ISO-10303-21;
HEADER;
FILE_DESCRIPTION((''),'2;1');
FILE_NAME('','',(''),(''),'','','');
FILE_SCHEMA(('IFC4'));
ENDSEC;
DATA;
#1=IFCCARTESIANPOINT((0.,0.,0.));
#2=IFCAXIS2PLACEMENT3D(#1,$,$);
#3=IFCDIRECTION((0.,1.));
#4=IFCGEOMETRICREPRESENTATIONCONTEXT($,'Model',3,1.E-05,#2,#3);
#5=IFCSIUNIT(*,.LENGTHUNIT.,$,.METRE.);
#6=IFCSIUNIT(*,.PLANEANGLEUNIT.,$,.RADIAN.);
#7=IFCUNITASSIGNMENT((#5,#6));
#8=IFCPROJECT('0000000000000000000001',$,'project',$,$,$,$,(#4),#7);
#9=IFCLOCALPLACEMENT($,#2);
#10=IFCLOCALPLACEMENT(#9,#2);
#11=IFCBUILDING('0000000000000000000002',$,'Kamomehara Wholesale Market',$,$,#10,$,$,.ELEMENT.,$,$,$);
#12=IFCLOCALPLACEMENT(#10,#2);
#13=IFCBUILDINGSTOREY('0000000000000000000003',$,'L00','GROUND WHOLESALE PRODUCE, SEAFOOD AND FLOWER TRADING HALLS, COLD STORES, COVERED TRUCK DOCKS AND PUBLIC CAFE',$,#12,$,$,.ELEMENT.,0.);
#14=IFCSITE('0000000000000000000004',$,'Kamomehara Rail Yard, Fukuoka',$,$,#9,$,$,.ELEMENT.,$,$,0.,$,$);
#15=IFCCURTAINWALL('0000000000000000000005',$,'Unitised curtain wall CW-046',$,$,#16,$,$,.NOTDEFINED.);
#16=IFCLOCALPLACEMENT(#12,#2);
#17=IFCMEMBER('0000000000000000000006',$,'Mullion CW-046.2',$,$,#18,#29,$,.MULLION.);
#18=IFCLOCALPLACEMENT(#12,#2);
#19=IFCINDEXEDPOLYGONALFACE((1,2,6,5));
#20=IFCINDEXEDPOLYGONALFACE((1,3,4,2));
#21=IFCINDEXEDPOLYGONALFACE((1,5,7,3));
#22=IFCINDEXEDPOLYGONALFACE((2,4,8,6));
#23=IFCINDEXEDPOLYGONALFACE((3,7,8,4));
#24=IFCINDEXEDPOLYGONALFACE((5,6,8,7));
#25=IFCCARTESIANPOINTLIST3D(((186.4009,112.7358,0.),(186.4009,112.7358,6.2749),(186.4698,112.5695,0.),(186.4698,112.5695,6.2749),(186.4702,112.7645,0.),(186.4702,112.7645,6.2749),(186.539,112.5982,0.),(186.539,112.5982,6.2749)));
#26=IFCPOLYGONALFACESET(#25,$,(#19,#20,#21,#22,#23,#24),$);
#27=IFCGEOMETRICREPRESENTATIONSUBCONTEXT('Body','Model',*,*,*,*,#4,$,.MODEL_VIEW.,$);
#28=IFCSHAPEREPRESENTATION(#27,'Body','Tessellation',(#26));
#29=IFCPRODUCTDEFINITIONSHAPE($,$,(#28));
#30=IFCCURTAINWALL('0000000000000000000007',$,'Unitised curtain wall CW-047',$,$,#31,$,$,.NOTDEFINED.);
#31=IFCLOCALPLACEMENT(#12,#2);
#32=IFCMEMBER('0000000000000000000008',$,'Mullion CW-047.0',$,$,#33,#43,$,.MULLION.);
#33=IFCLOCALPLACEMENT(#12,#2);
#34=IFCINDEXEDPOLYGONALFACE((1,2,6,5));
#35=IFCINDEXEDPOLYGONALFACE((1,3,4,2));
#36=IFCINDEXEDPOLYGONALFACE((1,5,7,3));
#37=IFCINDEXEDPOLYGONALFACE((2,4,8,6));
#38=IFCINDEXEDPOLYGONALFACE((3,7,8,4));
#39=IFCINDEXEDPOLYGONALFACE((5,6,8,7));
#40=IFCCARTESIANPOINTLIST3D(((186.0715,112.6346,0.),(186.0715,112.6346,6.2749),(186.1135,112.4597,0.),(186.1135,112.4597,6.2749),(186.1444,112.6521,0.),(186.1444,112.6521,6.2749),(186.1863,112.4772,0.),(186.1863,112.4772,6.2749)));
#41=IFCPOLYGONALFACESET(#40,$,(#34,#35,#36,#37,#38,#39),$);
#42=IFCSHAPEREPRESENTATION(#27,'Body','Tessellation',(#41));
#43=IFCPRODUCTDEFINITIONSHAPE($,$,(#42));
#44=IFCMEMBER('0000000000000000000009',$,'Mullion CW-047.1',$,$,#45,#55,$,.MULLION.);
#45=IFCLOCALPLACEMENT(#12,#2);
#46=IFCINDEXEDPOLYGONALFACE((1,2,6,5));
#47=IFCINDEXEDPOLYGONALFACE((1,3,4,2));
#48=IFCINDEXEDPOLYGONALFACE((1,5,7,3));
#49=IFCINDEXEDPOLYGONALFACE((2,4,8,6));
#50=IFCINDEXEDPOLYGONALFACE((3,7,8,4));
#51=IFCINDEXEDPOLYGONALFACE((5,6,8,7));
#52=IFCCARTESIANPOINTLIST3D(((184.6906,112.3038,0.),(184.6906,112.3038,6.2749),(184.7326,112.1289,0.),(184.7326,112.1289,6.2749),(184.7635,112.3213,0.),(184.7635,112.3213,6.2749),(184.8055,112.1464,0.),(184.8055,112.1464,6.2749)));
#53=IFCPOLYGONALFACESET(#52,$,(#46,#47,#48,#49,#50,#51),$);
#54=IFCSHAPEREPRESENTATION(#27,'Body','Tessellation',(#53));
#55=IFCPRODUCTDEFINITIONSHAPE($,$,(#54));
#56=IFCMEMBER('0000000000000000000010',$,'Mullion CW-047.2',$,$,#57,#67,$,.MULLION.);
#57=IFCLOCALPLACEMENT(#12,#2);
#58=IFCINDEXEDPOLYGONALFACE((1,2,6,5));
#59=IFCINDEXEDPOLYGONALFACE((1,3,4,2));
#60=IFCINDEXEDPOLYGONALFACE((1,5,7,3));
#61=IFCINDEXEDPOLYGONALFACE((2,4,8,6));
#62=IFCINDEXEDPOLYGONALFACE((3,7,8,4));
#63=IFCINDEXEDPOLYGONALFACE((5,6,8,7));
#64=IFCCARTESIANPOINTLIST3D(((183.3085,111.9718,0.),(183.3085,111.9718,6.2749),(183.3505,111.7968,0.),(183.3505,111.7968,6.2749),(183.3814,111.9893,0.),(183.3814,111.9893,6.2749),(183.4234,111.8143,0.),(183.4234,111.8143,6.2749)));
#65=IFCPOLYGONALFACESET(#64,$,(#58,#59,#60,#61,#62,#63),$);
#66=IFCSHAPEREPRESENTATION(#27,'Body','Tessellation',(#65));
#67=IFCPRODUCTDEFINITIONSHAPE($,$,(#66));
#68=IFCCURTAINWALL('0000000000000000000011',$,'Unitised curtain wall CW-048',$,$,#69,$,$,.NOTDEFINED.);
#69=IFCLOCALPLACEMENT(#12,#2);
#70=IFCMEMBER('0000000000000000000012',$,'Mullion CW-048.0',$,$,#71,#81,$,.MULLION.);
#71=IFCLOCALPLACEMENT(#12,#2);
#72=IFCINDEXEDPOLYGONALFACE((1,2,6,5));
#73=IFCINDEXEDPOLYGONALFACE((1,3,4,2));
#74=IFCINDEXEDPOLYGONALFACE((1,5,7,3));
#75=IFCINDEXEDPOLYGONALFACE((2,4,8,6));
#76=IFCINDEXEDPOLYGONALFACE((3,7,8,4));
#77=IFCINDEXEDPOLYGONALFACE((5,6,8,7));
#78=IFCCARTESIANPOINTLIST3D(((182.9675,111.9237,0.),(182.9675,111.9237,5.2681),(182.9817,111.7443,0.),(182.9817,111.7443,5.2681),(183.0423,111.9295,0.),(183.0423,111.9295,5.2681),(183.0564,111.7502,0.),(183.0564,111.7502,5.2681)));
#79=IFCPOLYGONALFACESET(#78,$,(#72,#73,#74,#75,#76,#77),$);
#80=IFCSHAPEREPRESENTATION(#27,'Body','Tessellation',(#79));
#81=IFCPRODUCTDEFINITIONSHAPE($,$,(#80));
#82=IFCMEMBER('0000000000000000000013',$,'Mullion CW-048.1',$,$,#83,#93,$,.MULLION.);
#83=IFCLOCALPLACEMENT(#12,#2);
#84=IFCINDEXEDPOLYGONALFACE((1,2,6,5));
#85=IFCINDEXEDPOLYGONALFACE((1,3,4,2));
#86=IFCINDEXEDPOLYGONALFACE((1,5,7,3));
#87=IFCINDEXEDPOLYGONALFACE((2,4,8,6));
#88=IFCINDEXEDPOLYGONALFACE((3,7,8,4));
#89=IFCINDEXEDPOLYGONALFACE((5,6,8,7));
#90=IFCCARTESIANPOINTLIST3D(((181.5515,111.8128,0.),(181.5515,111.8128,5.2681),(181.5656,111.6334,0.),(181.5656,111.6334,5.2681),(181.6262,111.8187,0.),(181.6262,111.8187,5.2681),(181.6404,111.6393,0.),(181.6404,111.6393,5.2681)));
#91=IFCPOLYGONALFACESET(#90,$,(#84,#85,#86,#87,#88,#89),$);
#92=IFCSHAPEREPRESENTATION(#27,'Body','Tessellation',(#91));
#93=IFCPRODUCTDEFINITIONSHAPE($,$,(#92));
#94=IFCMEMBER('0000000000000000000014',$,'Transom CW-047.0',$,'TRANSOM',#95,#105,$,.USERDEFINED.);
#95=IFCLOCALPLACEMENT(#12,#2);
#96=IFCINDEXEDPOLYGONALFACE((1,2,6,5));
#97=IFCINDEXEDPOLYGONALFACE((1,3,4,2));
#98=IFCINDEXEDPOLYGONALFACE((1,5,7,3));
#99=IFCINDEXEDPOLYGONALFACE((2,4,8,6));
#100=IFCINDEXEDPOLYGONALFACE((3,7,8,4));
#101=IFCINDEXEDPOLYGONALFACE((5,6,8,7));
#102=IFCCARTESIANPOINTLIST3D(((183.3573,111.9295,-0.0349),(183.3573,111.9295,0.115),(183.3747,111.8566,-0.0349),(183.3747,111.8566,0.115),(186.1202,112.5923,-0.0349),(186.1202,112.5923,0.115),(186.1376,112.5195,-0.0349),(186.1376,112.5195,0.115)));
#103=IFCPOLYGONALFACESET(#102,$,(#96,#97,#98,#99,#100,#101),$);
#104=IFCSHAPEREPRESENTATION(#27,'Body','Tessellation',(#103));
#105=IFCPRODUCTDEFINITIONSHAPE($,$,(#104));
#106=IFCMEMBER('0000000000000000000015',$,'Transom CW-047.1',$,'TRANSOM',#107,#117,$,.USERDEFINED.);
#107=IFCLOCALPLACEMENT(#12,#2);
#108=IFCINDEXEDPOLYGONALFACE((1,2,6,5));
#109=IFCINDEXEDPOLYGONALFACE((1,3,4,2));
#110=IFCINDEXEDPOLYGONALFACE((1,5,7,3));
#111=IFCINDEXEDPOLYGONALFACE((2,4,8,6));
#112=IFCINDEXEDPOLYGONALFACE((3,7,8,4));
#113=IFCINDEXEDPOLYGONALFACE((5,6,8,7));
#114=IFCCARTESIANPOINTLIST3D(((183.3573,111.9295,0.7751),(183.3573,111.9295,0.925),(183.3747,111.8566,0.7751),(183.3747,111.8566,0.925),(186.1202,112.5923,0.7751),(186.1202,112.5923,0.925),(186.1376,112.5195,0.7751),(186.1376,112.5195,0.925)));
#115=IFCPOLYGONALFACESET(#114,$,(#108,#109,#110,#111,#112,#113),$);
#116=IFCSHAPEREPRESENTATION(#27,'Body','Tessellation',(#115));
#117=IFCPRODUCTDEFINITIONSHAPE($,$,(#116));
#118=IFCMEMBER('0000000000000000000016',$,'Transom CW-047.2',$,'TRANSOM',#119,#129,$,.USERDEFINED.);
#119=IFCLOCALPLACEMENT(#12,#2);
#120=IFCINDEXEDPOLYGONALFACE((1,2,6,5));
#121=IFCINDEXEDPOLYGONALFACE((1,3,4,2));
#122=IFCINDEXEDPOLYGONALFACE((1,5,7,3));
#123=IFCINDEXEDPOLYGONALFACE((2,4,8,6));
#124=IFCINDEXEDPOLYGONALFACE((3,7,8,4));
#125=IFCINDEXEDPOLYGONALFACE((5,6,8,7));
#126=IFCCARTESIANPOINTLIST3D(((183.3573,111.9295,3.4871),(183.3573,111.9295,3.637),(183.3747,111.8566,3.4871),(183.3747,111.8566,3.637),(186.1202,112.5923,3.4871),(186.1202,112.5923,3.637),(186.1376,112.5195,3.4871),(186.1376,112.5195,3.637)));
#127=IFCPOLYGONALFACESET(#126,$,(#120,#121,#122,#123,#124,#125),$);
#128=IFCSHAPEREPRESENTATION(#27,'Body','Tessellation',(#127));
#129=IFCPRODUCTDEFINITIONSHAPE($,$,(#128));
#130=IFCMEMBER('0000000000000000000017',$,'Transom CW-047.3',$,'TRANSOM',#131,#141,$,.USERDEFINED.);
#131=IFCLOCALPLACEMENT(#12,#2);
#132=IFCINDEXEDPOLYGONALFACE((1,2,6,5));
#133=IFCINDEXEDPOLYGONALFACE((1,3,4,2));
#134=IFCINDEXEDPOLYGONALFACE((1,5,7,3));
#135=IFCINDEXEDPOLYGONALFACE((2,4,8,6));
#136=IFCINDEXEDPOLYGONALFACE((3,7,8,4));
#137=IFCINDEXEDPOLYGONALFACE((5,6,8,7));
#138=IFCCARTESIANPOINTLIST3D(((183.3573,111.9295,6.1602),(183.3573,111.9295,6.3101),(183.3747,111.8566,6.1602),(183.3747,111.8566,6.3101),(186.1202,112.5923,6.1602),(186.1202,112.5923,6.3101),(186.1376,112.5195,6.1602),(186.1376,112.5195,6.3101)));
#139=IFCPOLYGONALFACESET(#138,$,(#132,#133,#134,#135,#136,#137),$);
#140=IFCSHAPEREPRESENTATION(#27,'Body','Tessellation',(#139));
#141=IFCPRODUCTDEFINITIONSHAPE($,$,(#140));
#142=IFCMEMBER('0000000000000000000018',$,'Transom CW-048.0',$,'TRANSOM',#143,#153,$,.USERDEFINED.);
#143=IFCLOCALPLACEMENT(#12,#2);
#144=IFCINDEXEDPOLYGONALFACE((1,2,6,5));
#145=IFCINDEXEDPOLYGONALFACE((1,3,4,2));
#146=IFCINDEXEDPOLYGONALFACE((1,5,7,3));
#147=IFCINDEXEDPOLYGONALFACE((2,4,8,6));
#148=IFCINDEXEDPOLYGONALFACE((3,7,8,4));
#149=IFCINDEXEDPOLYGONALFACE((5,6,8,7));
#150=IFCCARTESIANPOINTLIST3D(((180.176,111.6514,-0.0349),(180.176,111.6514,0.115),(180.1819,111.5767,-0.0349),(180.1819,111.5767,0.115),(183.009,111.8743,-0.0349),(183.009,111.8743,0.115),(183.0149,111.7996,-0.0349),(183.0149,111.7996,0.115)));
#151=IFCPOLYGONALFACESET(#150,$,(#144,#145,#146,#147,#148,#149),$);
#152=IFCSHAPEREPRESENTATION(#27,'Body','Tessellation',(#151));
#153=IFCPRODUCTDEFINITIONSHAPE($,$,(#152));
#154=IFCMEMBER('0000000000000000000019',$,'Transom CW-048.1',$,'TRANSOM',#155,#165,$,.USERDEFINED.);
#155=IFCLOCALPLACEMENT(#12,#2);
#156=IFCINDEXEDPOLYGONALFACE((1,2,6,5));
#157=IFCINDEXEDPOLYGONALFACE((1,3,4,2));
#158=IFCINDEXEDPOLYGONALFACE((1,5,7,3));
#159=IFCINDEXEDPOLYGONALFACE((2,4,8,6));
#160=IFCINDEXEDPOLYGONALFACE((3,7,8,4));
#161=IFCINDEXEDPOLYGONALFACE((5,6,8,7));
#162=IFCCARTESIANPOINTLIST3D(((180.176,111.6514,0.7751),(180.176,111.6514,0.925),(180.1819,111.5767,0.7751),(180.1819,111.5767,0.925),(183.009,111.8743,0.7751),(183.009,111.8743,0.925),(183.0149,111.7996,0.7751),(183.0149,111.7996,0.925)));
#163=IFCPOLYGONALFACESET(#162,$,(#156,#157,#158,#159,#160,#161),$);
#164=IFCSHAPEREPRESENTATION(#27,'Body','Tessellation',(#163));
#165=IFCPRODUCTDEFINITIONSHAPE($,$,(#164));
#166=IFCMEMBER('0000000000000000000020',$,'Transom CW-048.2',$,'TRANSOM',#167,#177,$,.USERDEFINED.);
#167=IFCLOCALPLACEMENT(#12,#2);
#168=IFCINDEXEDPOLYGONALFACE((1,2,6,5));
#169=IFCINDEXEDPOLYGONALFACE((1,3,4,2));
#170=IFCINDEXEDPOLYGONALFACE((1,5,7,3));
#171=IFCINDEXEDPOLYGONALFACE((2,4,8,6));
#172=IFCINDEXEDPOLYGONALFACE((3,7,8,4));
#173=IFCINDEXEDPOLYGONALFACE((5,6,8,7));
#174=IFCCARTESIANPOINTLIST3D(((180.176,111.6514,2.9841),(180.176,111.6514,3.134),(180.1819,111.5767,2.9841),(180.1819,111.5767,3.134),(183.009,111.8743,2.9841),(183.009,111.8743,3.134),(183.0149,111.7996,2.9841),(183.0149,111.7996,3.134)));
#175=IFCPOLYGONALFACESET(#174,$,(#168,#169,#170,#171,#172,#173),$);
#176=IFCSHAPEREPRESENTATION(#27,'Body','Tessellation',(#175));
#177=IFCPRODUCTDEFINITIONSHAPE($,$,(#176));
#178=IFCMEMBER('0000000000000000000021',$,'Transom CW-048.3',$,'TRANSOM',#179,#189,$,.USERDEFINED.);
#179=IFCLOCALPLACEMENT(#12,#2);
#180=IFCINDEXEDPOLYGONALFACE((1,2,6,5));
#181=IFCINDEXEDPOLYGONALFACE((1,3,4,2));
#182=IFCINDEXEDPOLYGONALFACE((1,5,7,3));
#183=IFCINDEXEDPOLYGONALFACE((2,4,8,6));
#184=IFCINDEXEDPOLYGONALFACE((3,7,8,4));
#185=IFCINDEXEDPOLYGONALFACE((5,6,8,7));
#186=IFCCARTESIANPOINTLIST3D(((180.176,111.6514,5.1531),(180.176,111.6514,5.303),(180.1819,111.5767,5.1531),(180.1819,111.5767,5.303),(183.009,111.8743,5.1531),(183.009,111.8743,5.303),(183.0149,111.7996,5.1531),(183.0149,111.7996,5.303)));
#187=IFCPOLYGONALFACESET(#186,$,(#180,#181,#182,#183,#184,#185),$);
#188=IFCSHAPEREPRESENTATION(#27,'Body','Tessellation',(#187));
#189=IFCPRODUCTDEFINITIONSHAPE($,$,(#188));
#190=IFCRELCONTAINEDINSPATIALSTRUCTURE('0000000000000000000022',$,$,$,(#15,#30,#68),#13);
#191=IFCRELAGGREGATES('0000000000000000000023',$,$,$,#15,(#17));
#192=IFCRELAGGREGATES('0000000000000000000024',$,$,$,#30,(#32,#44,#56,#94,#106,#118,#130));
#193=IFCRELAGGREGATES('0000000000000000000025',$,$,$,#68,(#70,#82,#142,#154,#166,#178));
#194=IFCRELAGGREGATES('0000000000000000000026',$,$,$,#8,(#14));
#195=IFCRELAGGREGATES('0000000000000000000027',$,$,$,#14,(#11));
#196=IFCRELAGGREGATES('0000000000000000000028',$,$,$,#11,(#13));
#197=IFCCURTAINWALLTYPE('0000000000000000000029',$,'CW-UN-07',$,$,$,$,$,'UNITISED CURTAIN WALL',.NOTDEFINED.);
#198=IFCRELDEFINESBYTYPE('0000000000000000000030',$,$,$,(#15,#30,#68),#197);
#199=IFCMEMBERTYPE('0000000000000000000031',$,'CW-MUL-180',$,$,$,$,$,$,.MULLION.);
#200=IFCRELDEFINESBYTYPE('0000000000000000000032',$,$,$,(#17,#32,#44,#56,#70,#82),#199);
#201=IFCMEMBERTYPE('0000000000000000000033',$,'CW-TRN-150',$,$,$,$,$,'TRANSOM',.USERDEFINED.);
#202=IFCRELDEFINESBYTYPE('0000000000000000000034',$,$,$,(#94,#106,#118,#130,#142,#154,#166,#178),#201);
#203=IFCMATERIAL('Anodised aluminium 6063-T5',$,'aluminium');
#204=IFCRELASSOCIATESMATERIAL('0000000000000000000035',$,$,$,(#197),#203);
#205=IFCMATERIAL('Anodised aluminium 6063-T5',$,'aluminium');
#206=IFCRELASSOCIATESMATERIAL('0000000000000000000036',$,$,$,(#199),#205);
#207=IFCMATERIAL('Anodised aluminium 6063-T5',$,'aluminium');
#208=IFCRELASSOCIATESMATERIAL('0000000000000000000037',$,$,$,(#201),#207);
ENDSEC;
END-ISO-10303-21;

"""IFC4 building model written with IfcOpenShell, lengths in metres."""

from ifc_helpers import new_model, si_unit, direction, frame, origin, origin_2d, place, context, subcontext, project, spatial, rectangle, extrude, material, material_profile, profile_set, type_object, element, aggregate, save


model = new_model("IFC4")

# Units and contexts
model_context = context("Model", 3, precision=1e-05, world=origin(), true_north=direction((0.0, 1.0)))
body_context = subcontext(model_context, "Body", "Model", "MODEL_VIEW")
ifc_project = project(units=[si_unit("LENGTHUNIT", "METRE"), si_unit("PLANEANGLEUNIT", "RADIAN")], contexts=[model_context])

# Site, building, storey
site_placement = place(None, origin())
site = spatial("IfcSite", under=ifc_project, at=site_placement, Name="Kamomehara Rail Yard, Fukuoka", CompositionType="ELEMENT", RefElevation=0.0)
building_placement = place(site_placement, origin())
building = spatial("IfcBuilding", under=site, at=building_placement, Name="Kamomehara Wholesale Market", CompositionType="ELEMENT")
storey_placement = place(building_placement, origin())
storey = spatial("IfcBuildingStorey", under=building, at=storey_placement, Name="L00", Description="GROUND WHOLESALE PRODUCE, SEAFOOD AND FLOWER TRADING HALLS, COLD STORES, COVERED TRUCK DOCKS AND PUBLIC CAFE", CompositionType="ELEMENT", Elevation=0.0)

# Curtain wall, member
ifc_material_1 = material(Name="Anodised aluminium 6063-T5", Category="aluminium")
curtain_wall_type = type_object("IfcCurtainWallType", Name="CW-UN-07", ElementType="UNITISED CURTAIN WALL", PredefinedType="NOTDEFINED", material=ifc_material_1)
curtain_wall_1_placement = place(storey_placement, origin())
curtain_wall_1 = element("IfcCurtainWall", 1, at=curtain_wall_1_placement, inside=storey, type_object=curtain_wall_type, Name="Unitised curtain wall CW-046", PredefinedType="NOTDEFINED")
ifc_material_2 = material(Name="Anodised aluminium 6063-T5", Category="aluminium")
ifc_material_profile_1 = material_profile(ifc_material_2, rectangle(XDim=0.075, YDim=0.1799, at=origin_2d()), Name="ALU-MUL-75x180")
ifc_profile_set_1 = profile_set([ifc_material_profile_1], Name="Anodised aluminium 6063-T5")
member_type_1 = type_object("IfcMemberType", Name="CW-MUL-180", PredefinedType="MULLION", material=ifc_profile_set_1)
member_1_placement = place(storey_placement, frame((186.47, 112.667, 0.0), z_axis=(0.0, 0.0, 1.0), x_axis=(-0.923918, -0.38259, 0.0)))
member_1 = element("IfcMember", 2, at=member_1_placement, type_object=member_type_1, Name="Mullion CW-046.2", PredefinedType="MULLION", context=body_context, shape_type="SweptSolid", body=[
    extrude(rectangle(XDim=0.075, YDim=0.1799, at=origin_2d()), origin(), (0.0, 0.0, 1.0), 6.2749),
])

# Curtain walls, members
curtain_wall_2_placement = place(storey_placement, origin())
curtain_wall_2 = element("IfcCurtainWall", 3, at=curtain_wall_2_placement, inside=storey, type_object=curtain_wall_type, Name="Unitised curtain wall CW-047", PredefinedType="NOTDEFINED")
member_2_placement = place(storey_placement, frame((186.1289, 112.5559, 0.0), z_axis=(0.0, 0.0, 1.0), x_axis=(-0.972397, -0.233333, 0.0)))
member_2 = element("IfcMember", 4, at=member_2_placement, type_object=member_type_1, Name="Mullion CW-047.0", PredefinedType="MULLION", context=body_context, shape_type="SweptSolid", body=[
    extrude(rectangle(XDim=0.075, YDim=0.1799, at=origin_2d()), origin(), (0.0, 0.0, 1.0), 6.2749),
])
member_3_placement = place(storey_placement, frame((184.748, 112.2251, 0.0), z_axis=(0.0, 0.0, 1.0), x_axis=(-0.972397, -0.233333, 0.0)))
member_3 = element("IfcMember", 5, at=member_3_placement, type_object=member_type_1, Name="Mullion CW-047.1", PredefinedType="MULLION", context=body_context, shape_type="SweptSolid", body=[
    extrude(rectangle(XDim=0.075, YDim=0.1799, at=origin_2d()), origin(), (0.0, 0.0, 1.0), 6.2749),
])
member_4_placement = place(storey_placement, frame((183.366, 111.8931, 0.0), z_axis=(0.0, 0.0, 1.0), x_axis=(-0.972397, -0.233333, 0.0)))
member_4 = element("IfcMember", 6, at=member_4_placement, type_object=member_type_1, Name="Mullion CW-047.2", PredefinedType="MULLION", context=body_context, shape_type="SweptSolid", body=[
    extrude(rectangle(XDim=0.075, YDim=0.1799, at=origin_2d()), origin(), (0.0, 0.0, 1.0), 6.2749),
])
curtain_wall_3_placement = place(storey_placement, origin())
curtain_wall_3 = element("IfcCurtainWall", 7, at=curtain_wall_3_placement, inside=storey, type_object=curtain_wall_type, Name="Unitised curtain wall CW-048", PredefinedType="NOTDEFINED")
member_5_placement = place(storey_placement, frame((183.012, 111.8369, 0.0), z_axis=(0.0, 0.0, 1.0), x_axis=(-0.996916, -0.078473, 0.0)))
member_5 = element("IfcMember", 8, at=member_5_placement, type_object=member_type_1, Name="Mullion CW-048.0", PredefinedType="MULLION", context=body_context, shape_type="SweptSolid", body=[
    extrude(rectangle(XDim=0.075, YDim=0.1799, at=origin_2d()), origin(), (0.0, 0.0, 1.0), 5.2681),
])
member_6_placement = place(storey_placement, frame((181.5959, 111.7261, 0.0), z_axis=(0.0, 0.0, 1.0), x_axis=(-0.996916, -0.078473, 0.0)))
member_6 = element("IfcMember", 9, at=member_6_placement, type_object=member_type_1, Name="Mullion CW-048.1", PredefinedType="MULLION", context=body_context, shape_type="SweptSolid", body=[
    extrude(rectangle(XDim=0.075, YDim=0.1799, at=origin_2d()), origin(), (0.0, 0.0, 1.0), 5.2681),
])

# Members
ifc_material_3 = material(Name="Anodised aluminium 6063-T5", Category="aluminium")
ifc_material_profile_2 = material_profile(ifc_material_3, rectangle(XDim=0.075, YDim=0.1499, at=origin_2d()), Name="ALU-TRN-75x150")
ifc_profile_set_2 = profile_set([ifc_material_profile_2], Name="Anodised aluminium 6063-T5")
member_type_2 = type_object("IfcMemberType", Name="CW-TRN-150", ElementType="TRANSOM", PredefinedType="USERDEFINED", material=ifc_profile_set_2)
member_7_placement = place(storey_placement, frame((186.1289, 112.5559, 0.04), z_axis=(-0.972408, -0.233285, 0.0), x_axis=(0.233285, -0.972408, 0.0)))
member_7 = element("IfcMember", 10, at=member_7_placement, type_object=member_type_2, Name="Transom CW-047.0", ObjectType="TRANSOM", PredefinedType="USERDEFINED", context=body_context, shape_type="SweptSolid", body=[
    extrude(rectangle(XDim=0.075, YDim=0.1499, at=origin_2d()), origin(), (0.0, 0.0, 1.0), 2.8413),
])
member_8_placement = place(storey_placement, frame((186.1289, 112.5559, 0.8501), z_axis=(-0.972408, -0.233285, 0.0), x_axis=(0.233285, -0.972408, 0.0)))
member_8 = element("IfcMember", 11, at=member_8_placement, type_object=member_type_2, Name="Transom CW-047.1", ObjectType="TRANSOM", PredefinedType="USERDEFINED", context=body_context, shape_type="SweptSolid", body=[
    extrude(rectangle(XDim=0.075, YDim=0.1499, at=origin_2d()), origin(), (0.0, 0.0, 1.0), 2.8413),
])
member_9_placement = place(storey_placement, frame((186.1289, 112.5559, 3.562), z_axis=(-0.972408, -0.233285, 0.0), x_axis=(0.233285, -0.972408, 0.0)))
member_9 = element("IfcMember", 12, at=member_9_placement, type_object=member_type_2, Name="Transom CW-047.2", ObjectType="TRANSOM", PredefinedType="USERDEFINED", context=body_context, shape_type="SweptSolid", body=[
    extrude(rectangle(XDim=0.075, YDim=0.1499, at=origin_2d()), origin(), (0.0, 0.0, 1.0), 2.8413),
])
member_10_placement = place(storey_placement, frame((186.1289, 112.5559, 6.2351), z_axis=(-0.972408, -0.233285, 0.0), x_axis=(0.233285, -0.972408, 0.0)))
member_10 = element("IfcMember", 13, at=member_10_placement, type_object=member_type_2, Name="Transom CW-047.3", ObjectType="TRANSOM", PredefinedType="USERDEFINED", context=body_context, shape_type="SweptSolid", body=[
    extrude(rectangle(XDim=0.075, YDim=0.1499, at=origin_2d()), origin(), (0.0, 0.0, 1.0), 2.8413),
])
member_11_placement = place(storey_placement, frame((183.012, 111.8369, 0.04), z_axis=(-0.996919, -0.078437, 0.0), x_axis=(0.078437, -0.996919, 0.0)))
member_11 = element("IfcMember", 14, at=member_11_placement, type_object=member_type_2, Name="Transom CW-048.0", ObjectType="TRANSOM", PredefinedType="USERDEFINED", context=body_context, shape_type="SweptSolid", body=[
    extrude(rectangle(XDim=0.075, YDim=0.1499, at=origin_2d()), origin(), (0.0, 0.0, 1.0), 2.8418),
])
member_12_placement = place(storey_placement, frame((183.012, 111.8369, 0.8501), z_axis=(-0.996919, -0.078437, 0.0), x_axis=(0.078437, -0.996919, 0.0)))
member_12 = element("IfcMember", 15, at=member_12_placement, type_object=member_type_2, Name="Transom CW-048.1", ObjectType="TRANSOM", PredefinedType="USERDEFINED", context=body_context, shape_type="SweptSolid", body=[
    extrude(rectangle(XDim=0.075, YDim=0.1499, at=origin_2d()), origin(), (0.0, 0.0, 1.0), 2.8418),
])
member_13_placement = place(storey_placement, frame((183.012, 111.8369, 3.0591), z_axis=(-0.996919, -0.078437, 0.0), x_axis=(0.078437, -0.996919, 0.0)))
member_13 = element("IfcMember", 16, at=member_13_placement, type_object=member_type_2, Name="Transom CW-048.2", ObjectType="TRANSOM", PredefinedType="USERDEFINED", context=body_context, shape_type="SweptSolid", body=[
    extrude(rectangle(XDim=0.075, YDim=0.1499, at=origin_2d()), origin(), (0.0, 0.0, 1.0), 2.8418),
])
member_14_placement = place(storey_placement, frame((183.012, 111.8369, 5.228), z_axis=(-0.996919, -0.078437, 0.0), x_axis=(0.078437, -0.996919, 0.0)))
member_14 = element("IfcMember", 17, at=member_14_placement, type_object=member_type_2, Name="Transom CW-048.3", ObjectType="TRANSOM", PredefinedType="USERDEFINED", context=body_context, shape_type="SweptSolid", body=[
    extrude(rectangle(XDim=0.075, YDim=0.1499, at=origin_2d()), origin(), (0.0, 0.0, 1.0), 2.8418),
])

aggregate(curtain_wall_1, [member_1])
aggregate(curtain_wall_2, [member_2, member_3, member_4, member_7, member_8, member_9, member_10])
aggregate(curtain_wall_3, [member_5, member_6, member_11, member_12, member_13, member_14])

save(model, "model.ifc")
